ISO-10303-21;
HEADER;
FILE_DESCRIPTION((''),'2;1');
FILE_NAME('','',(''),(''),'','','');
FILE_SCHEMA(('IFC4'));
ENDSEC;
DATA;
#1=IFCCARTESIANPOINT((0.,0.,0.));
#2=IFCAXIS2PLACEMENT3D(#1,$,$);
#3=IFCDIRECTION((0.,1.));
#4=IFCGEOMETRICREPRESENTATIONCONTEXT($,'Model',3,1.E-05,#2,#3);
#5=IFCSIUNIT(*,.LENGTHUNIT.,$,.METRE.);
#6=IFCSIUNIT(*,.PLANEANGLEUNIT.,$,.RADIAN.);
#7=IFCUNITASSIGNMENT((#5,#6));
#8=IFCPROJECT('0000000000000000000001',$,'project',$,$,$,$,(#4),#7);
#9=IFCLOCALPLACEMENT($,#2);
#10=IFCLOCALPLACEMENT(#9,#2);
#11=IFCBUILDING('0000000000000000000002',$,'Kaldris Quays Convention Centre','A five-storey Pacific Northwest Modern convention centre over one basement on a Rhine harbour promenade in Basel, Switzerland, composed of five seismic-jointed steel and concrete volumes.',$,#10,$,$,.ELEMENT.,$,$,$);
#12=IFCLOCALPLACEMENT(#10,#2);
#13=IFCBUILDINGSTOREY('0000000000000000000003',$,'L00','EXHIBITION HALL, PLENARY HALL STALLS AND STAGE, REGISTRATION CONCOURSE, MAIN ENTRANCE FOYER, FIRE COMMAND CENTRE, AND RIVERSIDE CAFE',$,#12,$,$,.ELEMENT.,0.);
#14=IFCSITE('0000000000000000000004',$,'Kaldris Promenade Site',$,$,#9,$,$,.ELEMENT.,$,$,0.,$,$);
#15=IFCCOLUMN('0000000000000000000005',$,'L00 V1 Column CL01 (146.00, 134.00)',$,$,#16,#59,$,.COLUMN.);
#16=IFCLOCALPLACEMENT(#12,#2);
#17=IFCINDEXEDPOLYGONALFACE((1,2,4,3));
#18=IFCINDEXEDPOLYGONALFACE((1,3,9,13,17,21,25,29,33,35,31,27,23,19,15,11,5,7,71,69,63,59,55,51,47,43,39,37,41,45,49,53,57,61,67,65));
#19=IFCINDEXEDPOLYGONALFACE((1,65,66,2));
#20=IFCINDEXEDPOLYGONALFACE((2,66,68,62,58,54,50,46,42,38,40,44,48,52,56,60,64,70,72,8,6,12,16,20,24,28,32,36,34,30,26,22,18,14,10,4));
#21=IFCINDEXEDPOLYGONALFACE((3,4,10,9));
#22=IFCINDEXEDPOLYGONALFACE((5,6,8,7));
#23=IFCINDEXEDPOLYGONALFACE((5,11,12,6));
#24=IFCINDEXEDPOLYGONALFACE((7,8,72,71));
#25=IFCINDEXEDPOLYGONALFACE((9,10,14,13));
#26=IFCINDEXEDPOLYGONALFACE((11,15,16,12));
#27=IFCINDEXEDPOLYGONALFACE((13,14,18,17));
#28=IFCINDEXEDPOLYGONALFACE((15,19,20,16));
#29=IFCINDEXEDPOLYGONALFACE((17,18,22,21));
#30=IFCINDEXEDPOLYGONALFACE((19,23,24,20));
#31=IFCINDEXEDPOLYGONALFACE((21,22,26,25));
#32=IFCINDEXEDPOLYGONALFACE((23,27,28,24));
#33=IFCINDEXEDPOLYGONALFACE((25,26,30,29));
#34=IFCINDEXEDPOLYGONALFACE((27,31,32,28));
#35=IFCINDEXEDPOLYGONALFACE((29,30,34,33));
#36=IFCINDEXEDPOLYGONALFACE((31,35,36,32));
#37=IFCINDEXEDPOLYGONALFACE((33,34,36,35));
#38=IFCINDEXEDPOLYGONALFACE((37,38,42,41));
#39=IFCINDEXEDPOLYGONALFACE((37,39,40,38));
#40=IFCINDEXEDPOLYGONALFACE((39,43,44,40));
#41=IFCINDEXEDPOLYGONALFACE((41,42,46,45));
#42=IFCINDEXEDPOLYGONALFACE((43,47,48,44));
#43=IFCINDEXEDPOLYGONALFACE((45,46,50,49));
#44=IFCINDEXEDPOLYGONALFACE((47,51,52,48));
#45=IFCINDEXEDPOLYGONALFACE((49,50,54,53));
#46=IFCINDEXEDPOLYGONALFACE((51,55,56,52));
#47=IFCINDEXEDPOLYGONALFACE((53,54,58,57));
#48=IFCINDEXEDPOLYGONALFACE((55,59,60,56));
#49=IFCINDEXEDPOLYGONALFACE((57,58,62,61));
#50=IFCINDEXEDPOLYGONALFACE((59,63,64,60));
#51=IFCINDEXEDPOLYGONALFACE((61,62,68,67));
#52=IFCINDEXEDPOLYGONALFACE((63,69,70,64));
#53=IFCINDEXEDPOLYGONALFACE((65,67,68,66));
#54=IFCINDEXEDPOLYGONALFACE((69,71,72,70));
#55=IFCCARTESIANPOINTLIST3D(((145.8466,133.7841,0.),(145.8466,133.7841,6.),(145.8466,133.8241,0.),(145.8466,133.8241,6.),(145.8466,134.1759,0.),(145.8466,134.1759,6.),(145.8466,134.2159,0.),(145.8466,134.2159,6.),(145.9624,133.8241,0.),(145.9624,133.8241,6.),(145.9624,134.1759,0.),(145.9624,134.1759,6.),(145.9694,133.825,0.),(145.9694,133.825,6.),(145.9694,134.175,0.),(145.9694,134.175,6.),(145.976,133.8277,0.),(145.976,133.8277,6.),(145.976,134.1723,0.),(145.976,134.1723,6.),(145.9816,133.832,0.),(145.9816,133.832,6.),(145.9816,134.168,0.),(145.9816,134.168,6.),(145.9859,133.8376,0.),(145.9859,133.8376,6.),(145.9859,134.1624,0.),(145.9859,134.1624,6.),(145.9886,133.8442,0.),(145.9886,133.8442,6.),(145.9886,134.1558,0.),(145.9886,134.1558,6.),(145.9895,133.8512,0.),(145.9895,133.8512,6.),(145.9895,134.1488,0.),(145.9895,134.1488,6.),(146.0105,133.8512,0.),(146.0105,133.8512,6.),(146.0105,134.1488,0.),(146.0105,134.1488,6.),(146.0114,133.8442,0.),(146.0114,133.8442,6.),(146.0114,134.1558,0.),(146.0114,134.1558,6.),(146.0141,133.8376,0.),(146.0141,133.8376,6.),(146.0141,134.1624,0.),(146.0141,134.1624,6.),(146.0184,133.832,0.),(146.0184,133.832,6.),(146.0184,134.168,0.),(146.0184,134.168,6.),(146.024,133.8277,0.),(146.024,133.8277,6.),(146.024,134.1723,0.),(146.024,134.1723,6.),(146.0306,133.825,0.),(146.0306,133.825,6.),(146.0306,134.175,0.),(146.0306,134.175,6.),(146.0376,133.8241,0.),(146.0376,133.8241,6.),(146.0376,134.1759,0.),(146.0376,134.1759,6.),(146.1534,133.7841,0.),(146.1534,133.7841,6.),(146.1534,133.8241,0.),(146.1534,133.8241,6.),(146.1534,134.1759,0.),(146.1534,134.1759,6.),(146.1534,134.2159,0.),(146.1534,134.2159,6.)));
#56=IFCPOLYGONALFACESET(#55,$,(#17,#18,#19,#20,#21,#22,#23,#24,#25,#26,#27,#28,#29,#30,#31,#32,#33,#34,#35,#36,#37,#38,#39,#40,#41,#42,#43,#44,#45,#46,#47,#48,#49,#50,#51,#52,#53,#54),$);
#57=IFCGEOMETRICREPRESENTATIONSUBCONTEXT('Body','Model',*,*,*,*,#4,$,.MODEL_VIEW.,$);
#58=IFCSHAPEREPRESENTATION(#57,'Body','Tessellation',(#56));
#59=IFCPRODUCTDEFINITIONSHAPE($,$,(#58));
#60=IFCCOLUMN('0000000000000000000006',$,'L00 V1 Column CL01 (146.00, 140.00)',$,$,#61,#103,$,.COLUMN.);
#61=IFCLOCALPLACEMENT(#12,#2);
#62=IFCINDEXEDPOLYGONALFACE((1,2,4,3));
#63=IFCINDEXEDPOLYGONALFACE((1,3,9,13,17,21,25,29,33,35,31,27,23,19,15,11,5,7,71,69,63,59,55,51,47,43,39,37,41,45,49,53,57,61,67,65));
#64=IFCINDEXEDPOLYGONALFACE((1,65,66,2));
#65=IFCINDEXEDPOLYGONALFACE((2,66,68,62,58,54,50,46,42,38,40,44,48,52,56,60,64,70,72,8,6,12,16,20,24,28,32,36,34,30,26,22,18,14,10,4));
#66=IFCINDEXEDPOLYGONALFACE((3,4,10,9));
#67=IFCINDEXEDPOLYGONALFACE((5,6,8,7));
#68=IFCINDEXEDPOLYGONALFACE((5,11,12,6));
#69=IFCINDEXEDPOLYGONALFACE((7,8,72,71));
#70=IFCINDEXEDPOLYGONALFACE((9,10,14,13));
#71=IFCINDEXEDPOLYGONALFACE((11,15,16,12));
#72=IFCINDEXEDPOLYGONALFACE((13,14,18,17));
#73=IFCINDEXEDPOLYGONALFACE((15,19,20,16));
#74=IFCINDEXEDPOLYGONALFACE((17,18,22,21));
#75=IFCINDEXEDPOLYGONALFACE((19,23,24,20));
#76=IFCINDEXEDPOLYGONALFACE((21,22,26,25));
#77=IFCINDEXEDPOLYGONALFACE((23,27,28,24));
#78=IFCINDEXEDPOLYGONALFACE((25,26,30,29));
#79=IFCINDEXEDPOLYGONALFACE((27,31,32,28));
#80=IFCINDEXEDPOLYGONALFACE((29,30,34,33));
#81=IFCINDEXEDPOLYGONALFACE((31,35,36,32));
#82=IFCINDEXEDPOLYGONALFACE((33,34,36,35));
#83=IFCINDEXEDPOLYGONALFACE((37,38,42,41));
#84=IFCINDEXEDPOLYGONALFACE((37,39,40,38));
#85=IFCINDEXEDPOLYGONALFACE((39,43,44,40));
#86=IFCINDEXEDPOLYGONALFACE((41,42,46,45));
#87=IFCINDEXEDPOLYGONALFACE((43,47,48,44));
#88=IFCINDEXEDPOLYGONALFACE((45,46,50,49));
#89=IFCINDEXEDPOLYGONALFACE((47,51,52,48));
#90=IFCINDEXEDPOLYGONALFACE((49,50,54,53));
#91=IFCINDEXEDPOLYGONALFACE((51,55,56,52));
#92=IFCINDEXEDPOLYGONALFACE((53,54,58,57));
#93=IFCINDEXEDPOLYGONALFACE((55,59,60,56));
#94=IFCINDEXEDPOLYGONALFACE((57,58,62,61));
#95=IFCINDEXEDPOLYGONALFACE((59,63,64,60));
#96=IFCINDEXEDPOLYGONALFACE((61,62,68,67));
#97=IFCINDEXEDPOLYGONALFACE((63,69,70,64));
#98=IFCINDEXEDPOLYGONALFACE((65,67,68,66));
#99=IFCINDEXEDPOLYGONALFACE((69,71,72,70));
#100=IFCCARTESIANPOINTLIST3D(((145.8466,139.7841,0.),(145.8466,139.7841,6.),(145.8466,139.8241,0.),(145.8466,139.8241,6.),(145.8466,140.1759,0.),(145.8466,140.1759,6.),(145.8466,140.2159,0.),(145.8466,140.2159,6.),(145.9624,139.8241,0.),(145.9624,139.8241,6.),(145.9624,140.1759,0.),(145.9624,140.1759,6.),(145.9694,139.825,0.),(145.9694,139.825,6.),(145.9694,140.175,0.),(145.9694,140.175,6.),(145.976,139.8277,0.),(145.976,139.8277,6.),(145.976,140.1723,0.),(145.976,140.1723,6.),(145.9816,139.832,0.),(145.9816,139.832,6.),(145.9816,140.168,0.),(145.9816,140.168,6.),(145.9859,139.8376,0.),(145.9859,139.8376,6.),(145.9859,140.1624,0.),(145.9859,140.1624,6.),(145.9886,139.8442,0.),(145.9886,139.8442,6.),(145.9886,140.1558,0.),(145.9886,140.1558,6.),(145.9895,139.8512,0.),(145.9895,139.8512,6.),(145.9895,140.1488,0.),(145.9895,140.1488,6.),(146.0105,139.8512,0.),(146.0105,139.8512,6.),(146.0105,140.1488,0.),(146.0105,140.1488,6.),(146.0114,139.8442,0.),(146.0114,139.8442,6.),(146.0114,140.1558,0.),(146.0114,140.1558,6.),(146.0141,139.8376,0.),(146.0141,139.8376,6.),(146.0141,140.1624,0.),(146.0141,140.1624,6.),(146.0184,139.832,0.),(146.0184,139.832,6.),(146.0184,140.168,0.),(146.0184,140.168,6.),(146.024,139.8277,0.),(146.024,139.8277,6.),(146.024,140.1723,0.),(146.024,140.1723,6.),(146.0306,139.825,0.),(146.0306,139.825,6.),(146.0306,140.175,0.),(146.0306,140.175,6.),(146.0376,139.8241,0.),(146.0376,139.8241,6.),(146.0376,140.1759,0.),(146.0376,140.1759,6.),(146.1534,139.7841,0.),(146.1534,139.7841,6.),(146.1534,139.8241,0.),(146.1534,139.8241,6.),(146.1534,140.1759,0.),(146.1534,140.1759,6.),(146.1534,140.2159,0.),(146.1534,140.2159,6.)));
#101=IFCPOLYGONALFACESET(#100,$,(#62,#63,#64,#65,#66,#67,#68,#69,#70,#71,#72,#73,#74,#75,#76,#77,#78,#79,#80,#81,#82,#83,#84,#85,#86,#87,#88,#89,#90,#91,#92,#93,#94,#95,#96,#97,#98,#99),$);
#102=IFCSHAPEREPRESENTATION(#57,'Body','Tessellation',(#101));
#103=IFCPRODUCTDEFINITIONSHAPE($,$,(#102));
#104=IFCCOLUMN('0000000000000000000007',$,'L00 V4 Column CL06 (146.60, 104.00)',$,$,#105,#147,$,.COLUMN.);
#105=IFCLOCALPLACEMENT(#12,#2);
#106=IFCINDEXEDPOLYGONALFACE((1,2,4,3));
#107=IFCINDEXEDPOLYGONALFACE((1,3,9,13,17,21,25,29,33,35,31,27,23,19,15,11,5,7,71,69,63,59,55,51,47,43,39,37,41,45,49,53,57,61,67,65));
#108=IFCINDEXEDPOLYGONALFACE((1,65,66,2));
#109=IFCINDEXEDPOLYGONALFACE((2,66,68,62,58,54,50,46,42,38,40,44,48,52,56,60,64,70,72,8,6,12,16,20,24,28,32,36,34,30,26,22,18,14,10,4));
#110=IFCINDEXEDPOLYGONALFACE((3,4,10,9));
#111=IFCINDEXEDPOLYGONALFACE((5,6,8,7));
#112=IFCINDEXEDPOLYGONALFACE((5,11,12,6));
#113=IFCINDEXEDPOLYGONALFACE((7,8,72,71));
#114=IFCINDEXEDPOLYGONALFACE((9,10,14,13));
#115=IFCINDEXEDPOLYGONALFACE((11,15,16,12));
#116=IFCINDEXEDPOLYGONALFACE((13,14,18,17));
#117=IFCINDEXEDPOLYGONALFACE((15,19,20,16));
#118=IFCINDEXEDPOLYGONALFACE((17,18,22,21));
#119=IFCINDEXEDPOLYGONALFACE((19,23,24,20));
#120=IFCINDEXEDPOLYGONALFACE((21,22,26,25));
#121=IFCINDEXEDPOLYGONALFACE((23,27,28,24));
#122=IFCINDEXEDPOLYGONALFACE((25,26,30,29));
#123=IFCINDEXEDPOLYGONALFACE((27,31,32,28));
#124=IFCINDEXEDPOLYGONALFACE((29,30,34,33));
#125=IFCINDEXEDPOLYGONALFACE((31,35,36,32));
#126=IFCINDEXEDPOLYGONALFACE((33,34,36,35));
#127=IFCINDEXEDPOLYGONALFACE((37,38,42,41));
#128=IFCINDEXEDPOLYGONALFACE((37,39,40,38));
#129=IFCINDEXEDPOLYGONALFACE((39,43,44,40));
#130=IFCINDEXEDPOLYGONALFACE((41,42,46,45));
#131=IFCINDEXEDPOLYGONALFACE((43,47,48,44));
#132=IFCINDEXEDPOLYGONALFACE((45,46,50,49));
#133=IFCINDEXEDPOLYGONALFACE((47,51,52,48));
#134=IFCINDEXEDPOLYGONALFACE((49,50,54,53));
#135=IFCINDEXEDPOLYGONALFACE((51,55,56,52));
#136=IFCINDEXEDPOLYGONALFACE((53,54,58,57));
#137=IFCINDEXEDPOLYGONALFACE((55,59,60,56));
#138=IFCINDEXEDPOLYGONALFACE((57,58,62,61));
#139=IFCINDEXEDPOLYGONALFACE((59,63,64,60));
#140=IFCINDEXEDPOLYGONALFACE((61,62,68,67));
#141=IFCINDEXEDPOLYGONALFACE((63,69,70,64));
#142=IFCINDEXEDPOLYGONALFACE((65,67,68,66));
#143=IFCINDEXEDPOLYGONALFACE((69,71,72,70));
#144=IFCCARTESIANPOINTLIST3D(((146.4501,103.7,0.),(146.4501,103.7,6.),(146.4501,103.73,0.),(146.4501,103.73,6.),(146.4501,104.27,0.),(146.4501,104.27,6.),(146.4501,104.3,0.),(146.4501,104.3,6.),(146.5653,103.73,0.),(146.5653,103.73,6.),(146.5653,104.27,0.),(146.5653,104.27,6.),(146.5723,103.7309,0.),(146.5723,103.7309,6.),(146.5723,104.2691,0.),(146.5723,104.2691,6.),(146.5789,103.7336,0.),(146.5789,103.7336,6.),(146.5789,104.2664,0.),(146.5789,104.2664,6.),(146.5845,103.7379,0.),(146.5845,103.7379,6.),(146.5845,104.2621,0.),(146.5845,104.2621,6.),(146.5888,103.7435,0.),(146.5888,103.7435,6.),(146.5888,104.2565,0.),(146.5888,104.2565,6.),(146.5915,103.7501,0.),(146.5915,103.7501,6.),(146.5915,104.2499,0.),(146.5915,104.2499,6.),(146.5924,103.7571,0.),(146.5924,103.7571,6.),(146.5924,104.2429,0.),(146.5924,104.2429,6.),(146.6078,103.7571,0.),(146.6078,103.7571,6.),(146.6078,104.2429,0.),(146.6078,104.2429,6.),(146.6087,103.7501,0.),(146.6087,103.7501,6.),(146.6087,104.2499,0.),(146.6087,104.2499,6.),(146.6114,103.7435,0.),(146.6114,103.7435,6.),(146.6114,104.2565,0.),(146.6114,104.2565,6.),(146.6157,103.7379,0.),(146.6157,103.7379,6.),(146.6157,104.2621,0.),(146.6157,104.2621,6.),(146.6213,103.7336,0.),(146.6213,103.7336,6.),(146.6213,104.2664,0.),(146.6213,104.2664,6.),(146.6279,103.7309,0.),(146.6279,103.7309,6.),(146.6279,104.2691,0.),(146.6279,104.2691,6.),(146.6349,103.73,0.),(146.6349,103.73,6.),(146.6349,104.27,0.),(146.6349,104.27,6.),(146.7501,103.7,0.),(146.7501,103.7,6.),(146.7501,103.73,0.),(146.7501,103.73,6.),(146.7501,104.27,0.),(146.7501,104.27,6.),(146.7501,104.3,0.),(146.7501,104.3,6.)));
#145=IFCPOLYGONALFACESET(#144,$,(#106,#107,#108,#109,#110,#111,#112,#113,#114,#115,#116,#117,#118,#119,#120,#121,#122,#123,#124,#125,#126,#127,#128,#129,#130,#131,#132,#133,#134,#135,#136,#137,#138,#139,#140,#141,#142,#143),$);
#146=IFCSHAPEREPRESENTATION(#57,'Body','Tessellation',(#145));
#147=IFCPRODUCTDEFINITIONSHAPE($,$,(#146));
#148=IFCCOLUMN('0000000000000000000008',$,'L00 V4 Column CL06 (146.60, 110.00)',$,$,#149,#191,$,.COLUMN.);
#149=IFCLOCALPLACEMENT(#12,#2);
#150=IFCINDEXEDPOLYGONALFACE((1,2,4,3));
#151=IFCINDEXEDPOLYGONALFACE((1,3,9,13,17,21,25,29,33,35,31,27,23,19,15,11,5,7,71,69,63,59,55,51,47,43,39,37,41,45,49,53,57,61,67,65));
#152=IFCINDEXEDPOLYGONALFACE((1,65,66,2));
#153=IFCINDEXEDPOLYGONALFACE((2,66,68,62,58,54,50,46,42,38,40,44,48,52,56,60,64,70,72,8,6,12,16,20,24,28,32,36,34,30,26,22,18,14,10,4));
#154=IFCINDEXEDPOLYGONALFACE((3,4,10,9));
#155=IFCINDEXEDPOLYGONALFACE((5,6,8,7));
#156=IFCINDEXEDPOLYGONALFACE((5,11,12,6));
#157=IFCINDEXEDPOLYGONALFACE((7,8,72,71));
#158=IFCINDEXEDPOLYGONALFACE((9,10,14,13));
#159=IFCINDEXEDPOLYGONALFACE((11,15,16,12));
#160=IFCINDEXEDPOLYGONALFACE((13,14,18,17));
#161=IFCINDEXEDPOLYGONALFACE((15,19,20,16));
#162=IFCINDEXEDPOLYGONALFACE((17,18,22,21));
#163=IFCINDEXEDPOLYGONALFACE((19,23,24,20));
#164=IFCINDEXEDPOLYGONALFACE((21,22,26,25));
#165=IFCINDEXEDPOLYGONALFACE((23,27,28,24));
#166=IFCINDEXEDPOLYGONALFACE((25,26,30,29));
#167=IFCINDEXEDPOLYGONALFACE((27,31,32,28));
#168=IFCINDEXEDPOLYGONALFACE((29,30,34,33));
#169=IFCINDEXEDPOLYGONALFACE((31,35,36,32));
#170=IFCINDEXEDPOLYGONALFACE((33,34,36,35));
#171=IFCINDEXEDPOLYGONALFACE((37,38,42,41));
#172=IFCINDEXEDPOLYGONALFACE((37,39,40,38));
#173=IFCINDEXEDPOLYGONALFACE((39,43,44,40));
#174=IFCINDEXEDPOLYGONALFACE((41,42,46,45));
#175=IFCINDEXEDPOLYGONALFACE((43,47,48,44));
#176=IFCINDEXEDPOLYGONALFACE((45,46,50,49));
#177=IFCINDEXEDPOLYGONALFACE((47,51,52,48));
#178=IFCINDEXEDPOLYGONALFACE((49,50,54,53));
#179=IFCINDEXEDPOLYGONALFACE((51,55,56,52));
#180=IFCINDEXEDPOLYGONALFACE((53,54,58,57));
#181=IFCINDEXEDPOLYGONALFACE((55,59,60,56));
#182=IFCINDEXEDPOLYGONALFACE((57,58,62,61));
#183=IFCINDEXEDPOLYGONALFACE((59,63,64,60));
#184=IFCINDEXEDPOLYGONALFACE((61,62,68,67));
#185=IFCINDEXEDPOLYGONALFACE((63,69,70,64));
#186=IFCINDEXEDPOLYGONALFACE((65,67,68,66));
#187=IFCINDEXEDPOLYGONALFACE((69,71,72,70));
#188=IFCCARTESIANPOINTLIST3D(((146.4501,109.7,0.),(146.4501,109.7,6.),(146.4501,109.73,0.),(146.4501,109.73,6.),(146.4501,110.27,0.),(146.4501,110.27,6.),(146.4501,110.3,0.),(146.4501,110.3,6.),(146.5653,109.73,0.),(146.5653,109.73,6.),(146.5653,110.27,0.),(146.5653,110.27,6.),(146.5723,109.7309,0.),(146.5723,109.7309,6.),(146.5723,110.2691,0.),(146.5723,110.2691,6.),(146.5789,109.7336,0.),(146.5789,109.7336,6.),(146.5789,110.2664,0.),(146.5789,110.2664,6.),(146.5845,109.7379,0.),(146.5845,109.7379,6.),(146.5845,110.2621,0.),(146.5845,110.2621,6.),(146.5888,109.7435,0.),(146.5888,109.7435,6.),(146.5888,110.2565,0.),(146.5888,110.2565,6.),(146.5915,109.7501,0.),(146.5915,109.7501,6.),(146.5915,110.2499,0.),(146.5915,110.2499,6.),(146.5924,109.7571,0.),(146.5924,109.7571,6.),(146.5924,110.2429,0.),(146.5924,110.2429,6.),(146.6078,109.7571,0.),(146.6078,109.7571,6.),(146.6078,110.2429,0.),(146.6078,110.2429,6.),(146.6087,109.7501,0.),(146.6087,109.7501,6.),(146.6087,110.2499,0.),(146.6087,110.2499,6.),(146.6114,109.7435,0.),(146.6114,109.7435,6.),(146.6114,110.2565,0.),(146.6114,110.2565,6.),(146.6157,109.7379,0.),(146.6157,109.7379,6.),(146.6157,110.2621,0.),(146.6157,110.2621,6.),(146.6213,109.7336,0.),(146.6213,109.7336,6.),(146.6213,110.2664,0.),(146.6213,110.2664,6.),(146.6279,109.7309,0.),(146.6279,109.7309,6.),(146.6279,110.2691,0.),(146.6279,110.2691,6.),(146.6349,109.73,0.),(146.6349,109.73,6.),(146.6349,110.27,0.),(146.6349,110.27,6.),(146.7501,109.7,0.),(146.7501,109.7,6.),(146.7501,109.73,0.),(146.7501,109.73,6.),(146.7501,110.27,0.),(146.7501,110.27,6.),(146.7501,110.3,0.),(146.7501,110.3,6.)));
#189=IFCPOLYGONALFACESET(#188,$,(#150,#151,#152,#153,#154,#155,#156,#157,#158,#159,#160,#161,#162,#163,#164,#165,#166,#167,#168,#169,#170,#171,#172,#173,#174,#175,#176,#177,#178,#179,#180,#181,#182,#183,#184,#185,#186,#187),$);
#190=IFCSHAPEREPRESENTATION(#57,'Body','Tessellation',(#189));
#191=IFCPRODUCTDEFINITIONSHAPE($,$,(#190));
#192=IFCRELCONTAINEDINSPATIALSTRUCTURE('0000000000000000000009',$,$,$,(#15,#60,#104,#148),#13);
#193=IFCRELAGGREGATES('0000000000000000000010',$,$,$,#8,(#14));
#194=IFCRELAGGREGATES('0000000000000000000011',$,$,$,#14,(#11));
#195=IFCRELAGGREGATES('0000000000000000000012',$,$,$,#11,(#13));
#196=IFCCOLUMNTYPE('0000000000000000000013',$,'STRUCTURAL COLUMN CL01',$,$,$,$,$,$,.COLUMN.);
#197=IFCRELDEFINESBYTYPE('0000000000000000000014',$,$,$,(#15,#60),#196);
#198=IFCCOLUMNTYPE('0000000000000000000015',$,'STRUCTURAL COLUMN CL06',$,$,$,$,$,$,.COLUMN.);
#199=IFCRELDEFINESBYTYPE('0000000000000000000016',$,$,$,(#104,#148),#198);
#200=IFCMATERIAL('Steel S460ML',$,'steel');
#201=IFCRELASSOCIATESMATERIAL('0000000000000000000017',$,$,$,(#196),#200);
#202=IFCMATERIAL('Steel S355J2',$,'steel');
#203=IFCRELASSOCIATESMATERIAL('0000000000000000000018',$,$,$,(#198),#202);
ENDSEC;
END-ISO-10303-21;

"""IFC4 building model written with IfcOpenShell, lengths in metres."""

from ifc_helpers import new_model, si_unit, direction, frame, origin, origin_2d, place, context, subcontext, project, spatial, i_section, extrude, material, material_profile, profile_set, type_object, element, save


model = new_model("IFC4")

# Units and contexts
model_context = context("Model", 3, precision=1e-05, world=origin(), true_north=direction((0.0, 1.0)))
body_context = subcontext(model_context, "Body", "Model", "MODEL_VIEW")
ifc_project = project(units=[si_unit("LENGTHUNIT", "METRE"), si_unit("PLANEANGLEUNIT", "RADIAN")], contexts=[model_context])

# Site, building, storey
site_placement = place(None, origin())
site = spatial("IfcSite", under=ifc_project, at=site_placement, Name="Kaldris Promenade Site", CompositionType="ELEMENT", RefElevation=0.0)
building_placement = place(site_placement, origin())
building = spatial("IfcBuilding", under=site, at=building_placement, Name="Kaldris Quays Convention Centre", Description="A five-storey Pacific Northwest Modern convention centre over one basement on a Rhine harbour promenade in Basel, Switzerland, composed of five seismic-jointed steel and concrete volumes.", CompositionType="ELEMENT")
storey_placement = place(building_placement, origin())
storey = spatial("IfcBuildingStorey", under=building, at=storey_placement, Name="L00", Description="EXHIBITION HALL, PLENARY HALL STALLS AND STAGE, REGISTRATION CONCOURSE, MAIN ENTRANCE FOYER, FIRE COMMAND CENTRE, AND RIVERSIDE CAFE", CompositionType="ELEMENT", Elevation=0.0)

# Columns
ifc_material_1 = material(Name="Steel S460ML", Category="steel")
ifc_material_profile_1 = material_profile(ifc_material_1, i_section(OverallWidth=0.3069, OverallDepth=0.4319, WebThickness=0.021, FlangeThickness=0.04, FilletRadius=0.0271, at=origin_2d()), Name="HEM 400")
ifc_profile_set_1 = profile_set([ifc_material_profile_1], Name="Steel S460ML")
column_type_1 = type_object("IfcColumnType", Name="STRUCTURAL COLUMN CL01", PredefinedType="COLUMN", material=ifc_profile_set_1)
for number, where, z_axis, x_axis, name in (
    (1, (146.0, 134.0, 0.0), (0.0, 0.0, 1.0), (1.0, 0.0, 0.0), "L00 V1 Column CL01 (146.00, 134.00)"),
    (2, (146.0, 140.0, 0.0), (0.0, 0.0, 1.0), (1.0, 0.0, 0.0), "L00 V1 Column CL01 (146.00, 140.00)"),
):
    element("IfcColumn", number, at=place(storey_placement, frame(where, z_axis=z_axis, x_axis=x_axis)), inside=storey, type_object=column_type_1, Name=name, PredefinedType="COLUMN", context=body_context, shape_type="SweptSolid", body=[
        extrude(i_section(OverallWidth=0.3069, OverallDepth=0.4319, WebThickness=0.021, FlangeThickness=0.04, FilletRadius=0.0271, at=origin_2d()), origin(), (0.0, 0.0, 1.0), 6.0),
    ])
ifc_material_2 = material(Name="Steel S355J2", Category="steel")
ifc_material_profile_2 = material_profile(ifc_material_2, i_section(OverallWidth=0.3, OverallDepth=0.6001, WebThickness=0.0154, FlangeThickness=0.03, FilletRadius=0.0271, at=origin_2d()), Name="HEB 600")
ifc_profile_set_2 = profile_set([ifc_material_profile_2], Name="Steel S355J2")
column_type_2 = type_object("IfcColumnType", Name="STRUCTURAL COLUMN CL06", PredefinedType="COLUMN", material=ifc_profile_set_2)
for number, where, z_axis, x_axis, name in (
    (3, (146.6001, 104.0, 0.0), (0.0, 0.0, 1.0), (1.0, 0.0, 0.0), "L00 V4 Column CL06 (146.60, 104.00)"),
    (4, (146.6001, 110.0, 0.0), (0.0, 0.0, 1.0), (1.0, 0.0, 0.0), "L00 V4 Column CL06 (146.60, 110.00)"),
):
    element("IfcColumn", number, at=place(storey_placement, frame(where, z_axis=z_axis, x_axis=x_axis)), inside=storey, type_object=column_type_2, Name=name, PredefinedType="COLUMN", context=body_context, shape_type="SweptSolid", body=[
        extrude(i_section(OverallWidth=0.3, OverallDepth=0.6001, WebThickness=0.0154, FlangeThickness=0.03, FilletRadius=0.0271, at=origin_2d()), origin(), (0.0, 0.0, 1.0), 6.0),
    ])

save(model, "model.ifc")
